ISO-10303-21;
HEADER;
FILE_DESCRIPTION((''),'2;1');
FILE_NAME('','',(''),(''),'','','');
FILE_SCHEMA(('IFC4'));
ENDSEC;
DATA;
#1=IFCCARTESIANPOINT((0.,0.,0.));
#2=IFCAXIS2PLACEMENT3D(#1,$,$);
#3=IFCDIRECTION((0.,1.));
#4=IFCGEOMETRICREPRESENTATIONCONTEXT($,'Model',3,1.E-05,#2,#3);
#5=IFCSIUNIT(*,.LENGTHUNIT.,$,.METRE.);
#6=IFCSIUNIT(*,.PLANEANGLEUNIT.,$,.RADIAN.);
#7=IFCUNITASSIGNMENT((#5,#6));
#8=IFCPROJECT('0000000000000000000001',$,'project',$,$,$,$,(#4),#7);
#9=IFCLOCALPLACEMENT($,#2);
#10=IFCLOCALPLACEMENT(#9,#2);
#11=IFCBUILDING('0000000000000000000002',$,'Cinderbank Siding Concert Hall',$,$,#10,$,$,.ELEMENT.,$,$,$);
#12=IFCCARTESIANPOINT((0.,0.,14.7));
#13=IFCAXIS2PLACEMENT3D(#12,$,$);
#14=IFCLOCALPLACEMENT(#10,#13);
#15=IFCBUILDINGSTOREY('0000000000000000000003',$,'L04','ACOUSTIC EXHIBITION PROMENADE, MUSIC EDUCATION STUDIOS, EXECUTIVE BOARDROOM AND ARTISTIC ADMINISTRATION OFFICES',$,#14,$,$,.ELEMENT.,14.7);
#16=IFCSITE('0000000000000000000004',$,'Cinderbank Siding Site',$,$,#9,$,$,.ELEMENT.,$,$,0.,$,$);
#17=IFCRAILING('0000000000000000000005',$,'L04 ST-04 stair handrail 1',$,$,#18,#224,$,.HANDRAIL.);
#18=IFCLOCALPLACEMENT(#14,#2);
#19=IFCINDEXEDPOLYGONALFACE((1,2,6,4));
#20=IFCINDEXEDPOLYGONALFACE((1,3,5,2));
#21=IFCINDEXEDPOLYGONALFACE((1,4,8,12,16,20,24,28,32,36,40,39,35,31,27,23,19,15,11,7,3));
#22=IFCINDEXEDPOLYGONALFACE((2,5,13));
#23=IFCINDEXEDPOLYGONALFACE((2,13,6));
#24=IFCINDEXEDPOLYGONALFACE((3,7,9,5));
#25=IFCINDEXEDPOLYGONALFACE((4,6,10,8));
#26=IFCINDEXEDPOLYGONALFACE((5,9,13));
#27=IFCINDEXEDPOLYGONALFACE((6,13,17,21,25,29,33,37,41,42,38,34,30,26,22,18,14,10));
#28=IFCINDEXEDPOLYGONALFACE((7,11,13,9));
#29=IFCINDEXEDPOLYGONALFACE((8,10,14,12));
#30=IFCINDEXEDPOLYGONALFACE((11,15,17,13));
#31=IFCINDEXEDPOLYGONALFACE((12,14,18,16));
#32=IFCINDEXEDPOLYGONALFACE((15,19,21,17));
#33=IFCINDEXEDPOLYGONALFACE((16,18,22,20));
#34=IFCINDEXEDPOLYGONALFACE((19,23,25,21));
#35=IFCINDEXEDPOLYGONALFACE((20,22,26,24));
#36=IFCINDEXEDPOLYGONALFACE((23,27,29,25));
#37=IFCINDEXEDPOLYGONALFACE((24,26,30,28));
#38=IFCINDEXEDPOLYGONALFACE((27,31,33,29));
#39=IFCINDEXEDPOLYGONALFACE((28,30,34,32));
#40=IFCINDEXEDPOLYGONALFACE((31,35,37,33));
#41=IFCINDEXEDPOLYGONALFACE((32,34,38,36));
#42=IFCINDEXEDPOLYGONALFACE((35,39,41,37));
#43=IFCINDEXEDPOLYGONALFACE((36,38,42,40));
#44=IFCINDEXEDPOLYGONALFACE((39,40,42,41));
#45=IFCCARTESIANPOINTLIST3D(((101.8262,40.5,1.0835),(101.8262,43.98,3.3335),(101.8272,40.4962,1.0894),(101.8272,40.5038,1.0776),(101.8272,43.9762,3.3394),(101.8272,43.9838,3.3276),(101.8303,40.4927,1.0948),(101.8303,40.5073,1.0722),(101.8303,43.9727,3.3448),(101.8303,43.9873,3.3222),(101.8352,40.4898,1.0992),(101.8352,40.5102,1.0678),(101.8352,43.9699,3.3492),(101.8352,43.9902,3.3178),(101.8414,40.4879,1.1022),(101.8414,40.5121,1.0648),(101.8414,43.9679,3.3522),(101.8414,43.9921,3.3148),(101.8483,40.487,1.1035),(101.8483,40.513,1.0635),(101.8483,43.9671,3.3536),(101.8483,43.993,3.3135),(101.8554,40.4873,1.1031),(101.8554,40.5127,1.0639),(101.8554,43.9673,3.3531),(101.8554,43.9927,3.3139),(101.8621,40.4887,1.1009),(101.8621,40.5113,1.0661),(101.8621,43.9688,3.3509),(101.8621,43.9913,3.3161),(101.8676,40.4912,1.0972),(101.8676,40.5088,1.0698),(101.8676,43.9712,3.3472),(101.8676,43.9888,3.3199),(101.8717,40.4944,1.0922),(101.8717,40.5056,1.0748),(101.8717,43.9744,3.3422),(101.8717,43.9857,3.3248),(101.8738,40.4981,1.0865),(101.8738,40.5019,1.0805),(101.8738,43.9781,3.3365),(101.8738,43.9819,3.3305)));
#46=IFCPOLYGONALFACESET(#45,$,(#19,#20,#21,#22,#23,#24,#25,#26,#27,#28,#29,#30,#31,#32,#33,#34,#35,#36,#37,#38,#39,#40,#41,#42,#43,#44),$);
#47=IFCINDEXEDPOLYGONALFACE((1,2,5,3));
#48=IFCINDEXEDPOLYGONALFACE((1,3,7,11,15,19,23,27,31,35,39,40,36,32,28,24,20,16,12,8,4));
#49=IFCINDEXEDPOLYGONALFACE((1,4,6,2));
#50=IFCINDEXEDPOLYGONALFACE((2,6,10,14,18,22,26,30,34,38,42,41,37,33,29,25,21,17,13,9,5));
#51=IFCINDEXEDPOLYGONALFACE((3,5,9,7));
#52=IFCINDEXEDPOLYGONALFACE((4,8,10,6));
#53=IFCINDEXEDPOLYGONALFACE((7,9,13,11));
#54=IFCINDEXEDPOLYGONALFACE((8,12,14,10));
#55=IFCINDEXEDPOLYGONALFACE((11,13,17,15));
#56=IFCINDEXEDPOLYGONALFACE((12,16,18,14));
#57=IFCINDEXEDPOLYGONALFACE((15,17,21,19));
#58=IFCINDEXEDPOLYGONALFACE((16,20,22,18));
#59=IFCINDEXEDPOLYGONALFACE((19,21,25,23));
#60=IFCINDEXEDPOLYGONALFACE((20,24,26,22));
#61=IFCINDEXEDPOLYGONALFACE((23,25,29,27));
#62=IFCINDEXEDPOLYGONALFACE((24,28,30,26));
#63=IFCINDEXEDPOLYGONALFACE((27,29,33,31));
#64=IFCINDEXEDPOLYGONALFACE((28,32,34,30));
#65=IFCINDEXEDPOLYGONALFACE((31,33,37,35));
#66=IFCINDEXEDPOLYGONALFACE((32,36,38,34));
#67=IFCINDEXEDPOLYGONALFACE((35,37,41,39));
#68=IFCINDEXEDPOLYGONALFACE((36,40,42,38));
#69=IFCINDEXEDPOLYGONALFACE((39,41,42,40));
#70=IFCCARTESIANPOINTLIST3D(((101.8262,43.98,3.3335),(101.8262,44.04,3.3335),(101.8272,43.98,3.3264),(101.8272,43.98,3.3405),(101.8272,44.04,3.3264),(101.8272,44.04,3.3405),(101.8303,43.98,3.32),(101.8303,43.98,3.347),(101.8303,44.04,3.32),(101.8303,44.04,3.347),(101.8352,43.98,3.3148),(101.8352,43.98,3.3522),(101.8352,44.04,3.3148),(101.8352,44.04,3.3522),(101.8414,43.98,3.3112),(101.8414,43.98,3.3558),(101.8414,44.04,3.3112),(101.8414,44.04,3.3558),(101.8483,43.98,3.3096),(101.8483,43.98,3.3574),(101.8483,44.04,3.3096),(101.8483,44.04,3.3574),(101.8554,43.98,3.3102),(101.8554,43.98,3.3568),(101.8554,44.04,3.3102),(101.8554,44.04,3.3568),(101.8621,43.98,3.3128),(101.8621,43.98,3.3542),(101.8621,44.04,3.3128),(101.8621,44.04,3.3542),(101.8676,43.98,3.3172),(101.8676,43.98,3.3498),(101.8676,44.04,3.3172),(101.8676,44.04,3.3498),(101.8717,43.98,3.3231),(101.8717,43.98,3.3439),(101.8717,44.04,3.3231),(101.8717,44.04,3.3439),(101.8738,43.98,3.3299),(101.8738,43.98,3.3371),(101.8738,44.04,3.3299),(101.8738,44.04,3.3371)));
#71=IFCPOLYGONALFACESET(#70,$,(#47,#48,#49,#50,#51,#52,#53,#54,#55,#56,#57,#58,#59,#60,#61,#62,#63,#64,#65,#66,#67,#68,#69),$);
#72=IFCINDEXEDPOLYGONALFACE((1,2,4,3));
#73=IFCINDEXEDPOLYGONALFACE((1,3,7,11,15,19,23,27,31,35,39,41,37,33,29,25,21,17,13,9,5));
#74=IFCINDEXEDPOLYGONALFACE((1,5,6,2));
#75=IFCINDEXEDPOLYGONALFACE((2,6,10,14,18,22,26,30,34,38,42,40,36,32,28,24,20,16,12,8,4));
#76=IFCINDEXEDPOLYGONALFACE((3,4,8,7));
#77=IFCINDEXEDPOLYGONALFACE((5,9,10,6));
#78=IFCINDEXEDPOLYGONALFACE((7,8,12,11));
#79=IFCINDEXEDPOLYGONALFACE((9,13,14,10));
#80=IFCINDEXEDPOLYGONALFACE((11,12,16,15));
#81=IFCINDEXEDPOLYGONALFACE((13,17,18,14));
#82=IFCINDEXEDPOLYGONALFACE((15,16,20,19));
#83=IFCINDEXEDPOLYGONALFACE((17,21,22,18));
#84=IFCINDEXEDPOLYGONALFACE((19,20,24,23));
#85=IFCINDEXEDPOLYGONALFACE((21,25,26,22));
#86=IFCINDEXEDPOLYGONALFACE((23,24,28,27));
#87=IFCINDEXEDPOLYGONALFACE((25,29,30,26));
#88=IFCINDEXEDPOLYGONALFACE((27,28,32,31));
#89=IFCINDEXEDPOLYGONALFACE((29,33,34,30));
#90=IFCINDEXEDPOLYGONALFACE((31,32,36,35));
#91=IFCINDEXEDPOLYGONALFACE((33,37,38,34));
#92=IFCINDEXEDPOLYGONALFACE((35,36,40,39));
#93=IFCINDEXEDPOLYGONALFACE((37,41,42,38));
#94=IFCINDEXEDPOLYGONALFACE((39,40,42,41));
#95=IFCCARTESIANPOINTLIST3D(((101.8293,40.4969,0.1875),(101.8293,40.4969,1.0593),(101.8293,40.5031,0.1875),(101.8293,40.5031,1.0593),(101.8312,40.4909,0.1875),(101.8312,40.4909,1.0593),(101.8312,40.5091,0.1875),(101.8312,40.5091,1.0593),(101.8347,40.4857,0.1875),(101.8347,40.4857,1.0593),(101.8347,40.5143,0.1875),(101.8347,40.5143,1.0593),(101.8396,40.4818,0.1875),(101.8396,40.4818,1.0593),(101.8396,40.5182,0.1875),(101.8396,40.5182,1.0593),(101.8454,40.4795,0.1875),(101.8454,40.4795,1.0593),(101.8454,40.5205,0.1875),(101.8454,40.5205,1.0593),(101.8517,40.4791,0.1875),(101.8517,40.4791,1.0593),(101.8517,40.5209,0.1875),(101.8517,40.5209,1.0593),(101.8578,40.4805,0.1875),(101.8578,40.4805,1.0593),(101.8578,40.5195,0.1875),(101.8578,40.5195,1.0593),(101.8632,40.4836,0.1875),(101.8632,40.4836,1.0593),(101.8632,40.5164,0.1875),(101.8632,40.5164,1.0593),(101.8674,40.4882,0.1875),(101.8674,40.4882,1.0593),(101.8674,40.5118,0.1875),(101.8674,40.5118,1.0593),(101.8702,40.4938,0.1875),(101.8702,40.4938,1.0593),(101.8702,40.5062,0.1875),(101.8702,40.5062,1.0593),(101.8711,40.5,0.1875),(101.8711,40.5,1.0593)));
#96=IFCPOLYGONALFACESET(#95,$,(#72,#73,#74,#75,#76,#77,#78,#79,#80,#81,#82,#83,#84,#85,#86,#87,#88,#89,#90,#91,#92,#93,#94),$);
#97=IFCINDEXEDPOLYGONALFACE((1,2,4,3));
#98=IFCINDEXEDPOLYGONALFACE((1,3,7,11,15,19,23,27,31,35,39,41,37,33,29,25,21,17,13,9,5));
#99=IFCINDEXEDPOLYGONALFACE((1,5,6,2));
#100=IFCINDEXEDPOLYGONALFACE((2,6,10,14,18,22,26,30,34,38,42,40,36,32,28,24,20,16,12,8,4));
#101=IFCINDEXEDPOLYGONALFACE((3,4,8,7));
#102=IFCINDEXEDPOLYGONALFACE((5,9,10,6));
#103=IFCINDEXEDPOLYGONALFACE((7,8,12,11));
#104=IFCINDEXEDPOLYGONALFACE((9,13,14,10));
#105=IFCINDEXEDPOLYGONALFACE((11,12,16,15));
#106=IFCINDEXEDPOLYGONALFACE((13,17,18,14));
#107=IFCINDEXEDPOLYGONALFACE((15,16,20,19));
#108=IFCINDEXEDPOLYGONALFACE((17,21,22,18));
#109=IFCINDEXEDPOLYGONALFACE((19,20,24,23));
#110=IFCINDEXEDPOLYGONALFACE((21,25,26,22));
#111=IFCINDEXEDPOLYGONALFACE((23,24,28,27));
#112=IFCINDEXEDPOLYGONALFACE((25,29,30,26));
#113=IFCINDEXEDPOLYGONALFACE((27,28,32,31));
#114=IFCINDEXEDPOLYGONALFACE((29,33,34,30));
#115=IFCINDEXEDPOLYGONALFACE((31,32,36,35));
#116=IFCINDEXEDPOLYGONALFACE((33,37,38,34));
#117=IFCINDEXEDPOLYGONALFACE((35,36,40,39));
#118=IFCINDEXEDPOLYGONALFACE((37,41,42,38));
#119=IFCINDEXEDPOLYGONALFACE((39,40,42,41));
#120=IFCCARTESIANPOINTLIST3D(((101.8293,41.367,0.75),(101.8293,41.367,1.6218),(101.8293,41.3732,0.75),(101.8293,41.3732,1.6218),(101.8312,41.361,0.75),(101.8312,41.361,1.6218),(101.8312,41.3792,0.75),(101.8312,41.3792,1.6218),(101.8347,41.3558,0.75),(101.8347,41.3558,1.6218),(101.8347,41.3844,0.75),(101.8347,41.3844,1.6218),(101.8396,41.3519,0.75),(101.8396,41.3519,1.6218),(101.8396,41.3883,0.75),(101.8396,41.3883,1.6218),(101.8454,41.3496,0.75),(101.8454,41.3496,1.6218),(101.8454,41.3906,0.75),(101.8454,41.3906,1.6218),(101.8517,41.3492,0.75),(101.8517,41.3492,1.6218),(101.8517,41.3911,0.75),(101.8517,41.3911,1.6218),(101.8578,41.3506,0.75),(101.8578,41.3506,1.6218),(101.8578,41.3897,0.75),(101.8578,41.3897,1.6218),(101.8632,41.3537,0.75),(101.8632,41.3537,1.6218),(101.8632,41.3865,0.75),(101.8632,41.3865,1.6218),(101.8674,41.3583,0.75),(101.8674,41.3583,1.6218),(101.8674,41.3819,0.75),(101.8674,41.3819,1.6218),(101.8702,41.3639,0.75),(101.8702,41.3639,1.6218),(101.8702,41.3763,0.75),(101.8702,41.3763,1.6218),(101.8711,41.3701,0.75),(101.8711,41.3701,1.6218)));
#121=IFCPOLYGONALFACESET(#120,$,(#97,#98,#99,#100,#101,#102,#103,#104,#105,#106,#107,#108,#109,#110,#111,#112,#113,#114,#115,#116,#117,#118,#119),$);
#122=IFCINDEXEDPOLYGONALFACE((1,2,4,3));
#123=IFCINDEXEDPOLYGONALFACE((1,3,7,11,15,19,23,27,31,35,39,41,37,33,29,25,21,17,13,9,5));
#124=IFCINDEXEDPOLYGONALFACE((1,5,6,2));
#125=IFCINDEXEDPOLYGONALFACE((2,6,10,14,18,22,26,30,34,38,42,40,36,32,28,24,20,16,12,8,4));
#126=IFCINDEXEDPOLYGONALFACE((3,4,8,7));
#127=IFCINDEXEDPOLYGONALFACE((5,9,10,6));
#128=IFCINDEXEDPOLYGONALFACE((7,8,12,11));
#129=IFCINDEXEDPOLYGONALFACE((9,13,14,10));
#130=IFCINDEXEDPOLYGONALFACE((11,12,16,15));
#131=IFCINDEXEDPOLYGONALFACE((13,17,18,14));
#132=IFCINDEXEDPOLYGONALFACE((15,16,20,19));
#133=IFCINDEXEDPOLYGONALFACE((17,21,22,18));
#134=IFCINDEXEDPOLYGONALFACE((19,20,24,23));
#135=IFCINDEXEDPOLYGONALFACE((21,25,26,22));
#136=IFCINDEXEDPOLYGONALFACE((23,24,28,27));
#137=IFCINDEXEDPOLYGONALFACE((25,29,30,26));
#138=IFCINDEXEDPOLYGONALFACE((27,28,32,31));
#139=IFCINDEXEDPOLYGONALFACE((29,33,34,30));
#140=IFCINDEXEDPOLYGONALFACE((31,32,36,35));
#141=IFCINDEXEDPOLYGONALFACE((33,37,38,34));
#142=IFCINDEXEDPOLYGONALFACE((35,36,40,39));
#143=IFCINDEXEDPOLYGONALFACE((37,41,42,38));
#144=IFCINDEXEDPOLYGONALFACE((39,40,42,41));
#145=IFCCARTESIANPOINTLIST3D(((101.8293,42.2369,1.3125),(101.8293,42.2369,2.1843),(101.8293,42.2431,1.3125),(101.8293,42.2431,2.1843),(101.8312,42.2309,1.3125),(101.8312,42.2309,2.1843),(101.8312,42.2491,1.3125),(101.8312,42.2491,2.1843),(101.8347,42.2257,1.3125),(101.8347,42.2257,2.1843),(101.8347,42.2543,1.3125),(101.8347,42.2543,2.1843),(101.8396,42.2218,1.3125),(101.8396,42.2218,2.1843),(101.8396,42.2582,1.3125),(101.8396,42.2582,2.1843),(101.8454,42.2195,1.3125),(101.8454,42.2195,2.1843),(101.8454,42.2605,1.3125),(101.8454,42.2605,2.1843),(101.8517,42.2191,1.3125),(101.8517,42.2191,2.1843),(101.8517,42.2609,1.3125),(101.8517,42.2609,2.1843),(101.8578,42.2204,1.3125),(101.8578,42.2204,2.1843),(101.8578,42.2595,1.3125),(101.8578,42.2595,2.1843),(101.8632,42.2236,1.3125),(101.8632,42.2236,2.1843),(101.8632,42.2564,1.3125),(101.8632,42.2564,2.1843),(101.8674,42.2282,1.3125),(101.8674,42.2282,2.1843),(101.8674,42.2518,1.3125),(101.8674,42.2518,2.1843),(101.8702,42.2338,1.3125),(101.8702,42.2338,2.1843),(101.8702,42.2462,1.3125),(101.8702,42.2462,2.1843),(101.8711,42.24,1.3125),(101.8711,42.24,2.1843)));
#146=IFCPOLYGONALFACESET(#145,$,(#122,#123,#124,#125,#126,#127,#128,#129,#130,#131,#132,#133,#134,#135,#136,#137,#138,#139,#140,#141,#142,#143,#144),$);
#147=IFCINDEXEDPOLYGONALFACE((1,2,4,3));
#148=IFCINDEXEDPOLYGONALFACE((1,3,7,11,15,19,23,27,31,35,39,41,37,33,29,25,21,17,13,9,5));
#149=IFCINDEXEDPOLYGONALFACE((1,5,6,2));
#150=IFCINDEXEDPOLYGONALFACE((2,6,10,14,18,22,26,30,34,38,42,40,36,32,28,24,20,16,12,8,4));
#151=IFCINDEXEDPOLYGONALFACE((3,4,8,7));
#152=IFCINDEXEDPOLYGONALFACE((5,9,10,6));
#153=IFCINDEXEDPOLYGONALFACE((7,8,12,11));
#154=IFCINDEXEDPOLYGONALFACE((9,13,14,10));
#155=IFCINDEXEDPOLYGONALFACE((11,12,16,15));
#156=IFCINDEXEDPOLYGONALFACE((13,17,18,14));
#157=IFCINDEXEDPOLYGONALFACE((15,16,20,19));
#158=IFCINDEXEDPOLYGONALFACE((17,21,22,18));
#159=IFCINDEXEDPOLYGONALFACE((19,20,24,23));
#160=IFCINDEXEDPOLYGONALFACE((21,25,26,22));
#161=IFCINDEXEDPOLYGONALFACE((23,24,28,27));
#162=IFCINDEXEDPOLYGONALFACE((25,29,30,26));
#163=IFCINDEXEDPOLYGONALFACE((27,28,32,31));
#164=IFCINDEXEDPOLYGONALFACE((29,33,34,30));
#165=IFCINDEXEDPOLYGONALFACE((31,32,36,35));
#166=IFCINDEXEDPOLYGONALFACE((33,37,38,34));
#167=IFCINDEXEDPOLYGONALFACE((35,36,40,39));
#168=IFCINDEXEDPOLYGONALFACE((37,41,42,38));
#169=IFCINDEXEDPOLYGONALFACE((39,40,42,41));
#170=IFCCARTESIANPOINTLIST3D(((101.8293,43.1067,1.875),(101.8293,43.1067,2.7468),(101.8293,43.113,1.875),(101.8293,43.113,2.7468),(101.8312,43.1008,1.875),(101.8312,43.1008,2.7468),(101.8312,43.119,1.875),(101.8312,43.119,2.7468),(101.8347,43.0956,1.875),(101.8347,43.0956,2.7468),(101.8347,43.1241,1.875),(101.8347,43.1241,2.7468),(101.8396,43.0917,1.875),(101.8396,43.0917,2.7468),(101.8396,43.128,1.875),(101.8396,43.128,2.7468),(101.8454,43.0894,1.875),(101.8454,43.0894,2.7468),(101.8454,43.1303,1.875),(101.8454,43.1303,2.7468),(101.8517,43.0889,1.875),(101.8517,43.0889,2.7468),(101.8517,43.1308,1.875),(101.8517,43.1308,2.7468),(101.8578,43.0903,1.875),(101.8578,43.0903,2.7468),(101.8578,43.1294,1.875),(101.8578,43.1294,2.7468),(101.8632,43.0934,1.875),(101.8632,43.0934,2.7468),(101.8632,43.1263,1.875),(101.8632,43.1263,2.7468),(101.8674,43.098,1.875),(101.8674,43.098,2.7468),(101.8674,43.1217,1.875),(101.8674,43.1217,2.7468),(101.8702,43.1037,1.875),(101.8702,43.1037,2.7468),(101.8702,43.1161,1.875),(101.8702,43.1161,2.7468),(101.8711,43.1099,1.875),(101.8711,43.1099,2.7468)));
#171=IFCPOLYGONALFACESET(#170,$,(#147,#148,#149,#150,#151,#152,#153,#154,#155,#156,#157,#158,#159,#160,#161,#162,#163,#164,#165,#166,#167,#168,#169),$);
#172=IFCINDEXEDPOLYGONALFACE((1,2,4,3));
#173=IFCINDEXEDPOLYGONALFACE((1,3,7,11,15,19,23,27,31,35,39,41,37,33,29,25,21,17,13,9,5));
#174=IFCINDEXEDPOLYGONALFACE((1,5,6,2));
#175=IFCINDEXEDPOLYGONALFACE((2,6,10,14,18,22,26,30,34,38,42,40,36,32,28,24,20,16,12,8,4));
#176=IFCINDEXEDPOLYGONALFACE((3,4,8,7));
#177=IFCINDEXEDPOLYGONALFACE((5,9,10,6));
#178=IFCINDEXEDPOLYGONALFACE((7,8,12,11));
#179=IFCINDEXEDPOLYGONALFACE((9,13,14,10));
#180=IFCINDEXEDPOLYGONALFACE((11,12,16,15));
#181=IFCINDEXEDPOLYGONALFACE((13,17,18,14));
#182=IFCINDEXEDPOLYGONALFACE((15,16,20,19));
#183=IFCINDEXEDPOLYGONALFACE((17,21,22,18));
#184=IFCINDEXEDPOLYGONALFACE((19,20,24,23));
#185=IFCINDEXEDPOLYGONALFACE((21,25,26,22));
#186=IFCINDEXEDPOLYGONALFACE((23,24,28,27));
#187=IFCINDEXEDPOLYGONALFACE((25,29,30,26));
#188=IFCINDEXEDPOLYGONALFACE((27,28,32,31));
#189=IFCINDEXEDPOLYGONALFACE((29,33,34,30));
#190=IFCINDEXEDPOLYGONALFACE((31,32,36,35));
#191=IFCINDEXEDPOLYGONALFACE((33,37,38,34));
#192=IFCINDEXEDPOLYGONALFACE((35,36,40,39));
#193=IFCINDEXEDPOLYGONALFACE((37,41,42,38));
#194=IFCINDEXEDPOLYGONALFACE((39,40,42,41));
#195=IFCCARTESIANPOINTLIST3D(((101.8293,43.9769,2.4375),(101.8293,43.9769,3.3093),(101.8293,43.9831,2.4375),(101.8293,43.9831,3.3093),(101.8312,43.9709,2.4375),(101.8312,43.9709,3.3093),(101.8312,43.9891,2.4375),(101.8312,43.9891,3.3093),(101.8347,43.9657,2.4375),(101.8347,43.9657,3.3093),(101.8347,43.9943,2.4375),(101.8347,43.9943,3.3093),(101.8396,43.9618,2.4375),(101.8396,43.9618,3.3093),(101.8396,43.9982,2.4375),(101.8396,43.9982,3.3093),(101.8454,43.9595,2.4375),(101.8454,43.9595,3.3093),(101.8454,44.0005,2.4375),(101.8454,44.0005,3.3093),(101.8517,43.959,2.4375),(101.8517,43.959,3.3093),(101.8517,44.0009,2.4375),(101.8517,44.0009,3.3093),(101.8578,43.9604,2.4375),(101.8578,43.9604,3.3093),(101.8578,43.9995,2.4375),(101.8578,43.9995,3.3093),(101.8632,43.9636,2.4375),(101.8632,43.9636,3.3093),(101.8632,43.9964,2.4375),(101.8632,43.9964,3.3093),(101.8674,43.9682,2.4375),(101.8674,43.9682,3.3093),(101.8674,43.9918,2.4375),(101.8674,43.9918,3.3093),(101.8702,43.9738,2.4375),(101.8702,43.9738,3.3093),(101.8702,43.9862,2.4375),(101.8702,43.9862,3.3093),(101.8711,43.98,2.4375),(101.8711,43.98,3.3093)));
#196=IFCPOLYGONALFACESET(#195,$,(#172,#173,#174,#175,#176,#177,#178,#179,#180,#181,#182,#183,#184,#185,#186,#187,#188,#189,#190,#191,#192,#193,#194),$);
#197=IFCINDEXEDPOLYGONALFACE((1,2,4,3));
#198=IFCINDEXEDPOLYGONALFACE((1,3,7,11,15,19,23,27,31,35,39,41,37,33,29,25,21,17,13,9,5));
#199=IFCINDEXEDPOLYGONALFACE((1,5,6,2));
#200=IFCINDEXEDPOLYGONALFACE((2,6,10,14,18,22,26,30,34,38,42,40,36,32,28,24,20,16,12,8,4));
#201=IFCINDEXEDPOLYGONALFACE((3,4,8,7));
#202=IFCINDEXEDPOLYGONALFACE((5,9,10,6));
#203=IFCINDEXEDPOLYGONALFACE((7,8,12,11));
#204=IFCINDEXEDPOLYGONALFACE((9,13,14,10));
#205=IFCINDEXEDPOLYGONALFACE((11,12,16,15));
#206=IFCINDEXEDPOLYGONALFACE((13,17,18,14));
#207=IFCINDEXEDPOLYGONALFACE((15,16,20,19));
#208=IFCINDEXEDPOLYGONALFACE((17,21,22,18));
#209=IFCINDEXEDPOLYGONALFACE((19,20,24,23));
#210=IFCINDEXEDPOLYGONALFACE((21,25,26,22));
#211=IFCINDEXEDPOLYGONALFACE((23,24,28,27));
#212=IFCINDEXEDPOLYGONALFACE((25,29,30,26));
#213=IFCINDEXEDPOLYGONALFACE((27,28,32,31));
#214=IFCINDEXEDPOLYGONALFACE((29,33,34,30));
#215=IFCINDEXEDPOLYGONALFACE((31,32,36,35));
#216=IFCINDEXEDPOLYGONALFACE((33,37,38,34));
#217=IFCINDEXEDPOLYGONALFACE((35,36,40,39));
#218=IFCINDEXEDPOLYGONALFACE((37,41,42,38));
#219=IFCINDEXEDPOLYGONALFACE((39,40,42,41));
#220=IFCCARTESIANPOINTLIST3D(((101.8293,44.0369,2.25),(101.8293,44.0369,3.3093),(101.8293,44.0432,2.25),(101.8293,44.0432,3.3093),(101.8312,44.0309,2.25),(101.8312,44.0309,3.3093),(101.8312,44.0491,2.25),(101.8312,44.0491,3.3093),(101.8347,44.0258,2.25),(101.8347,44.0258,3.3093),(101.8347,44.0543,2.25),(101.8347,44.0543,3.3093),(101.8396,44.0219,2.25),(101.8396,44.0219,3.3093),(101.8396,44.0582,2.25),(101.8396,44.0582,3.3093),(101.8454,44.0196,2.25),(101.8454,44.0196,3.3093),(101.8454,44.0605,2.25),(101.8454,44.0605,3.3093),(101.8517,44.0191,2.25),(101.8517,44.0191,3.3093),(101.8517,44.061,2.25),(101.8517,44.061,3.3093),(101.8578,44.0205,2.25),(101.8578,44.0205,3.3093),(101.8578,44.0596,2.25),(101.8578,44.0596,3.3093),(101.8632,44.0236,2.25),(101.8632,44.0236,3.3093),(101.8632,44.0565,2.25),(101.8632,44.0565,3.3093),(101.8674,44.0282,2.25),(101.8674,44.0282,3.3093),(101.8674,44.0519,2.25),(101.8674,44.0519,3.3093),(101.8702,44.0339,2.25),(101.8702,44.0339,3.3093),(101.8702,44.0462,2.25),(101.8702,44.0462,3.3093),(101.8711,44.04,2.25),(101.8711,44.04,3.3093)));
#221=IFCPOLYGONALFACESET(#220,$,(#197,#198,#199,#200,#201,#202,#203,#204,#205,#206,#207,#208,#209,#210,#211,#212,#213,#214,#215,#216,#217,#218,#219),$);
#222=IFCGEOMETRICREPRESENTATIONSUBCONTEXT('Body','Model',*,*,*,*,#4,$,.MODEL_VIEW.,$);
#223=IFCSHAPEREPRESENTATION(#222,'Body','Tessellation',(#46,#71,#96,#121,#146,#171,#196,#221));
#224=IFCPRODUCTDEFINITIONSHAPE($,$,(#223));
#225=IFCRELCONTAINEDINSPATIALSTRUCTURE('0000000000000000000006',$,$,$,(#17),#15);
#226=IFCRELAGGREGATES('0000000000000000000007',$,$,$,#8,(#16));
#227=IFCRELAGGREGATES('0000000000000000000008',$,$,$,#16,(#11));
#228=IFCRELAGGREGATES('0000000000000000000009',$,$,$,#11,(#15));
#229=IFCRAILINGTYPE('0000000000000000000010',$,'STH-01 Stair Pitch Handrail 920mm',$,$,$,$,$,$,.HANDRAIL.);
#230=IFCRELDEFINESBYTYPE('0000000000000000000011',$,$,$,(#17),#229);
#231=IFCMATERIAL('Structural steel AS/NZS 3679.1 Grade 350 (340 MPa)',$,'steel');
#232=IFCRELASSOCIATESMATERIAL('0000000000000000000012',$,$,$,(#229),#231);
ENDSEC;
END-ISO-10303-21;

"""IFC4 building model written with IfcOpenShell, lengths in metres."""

from ifc_helpers import new_model, si_unit, direction, frame, origin, origin_2d, place, context, subcontext, project, spatial, circle, extrude, material, type_object, element, save


model = new_model("IFC4")

# Units and contexts
model_context = context("Model", 3, precision=1e-05, world=origin(), true_north=direction((0.0, 1.0)))
body_context = subcontext(model_context, "Body", "Model", "MODEL_VIEW")
ifc_project = project(units=[si_unit("LENGTHUNIT", "METRE"), si_unit("PLANEANGLEUNIT", "RADIAN")], contexts=[model_context])

# Site, building, storey
site_placement = place(None, origin())
site = spatial("IfcSite", under=ifc_project, at=site_placement, Name="Cinderbank Siding Site", CompositionType="ELEMENT", RefElevation=0.0)
building_placement = place(site_placement, origin())
building = spatial("IfcBuilding", under=site, at=building_placement, Name="Cinderbank Siding Concert Hall", CompositionType="ELEMENT")
storey_placement = place(building_placement, frame((0.0, 0.0, 14.7)))
storey = spatial("IfcBuildingStorey", under=building, at=storey_placement, Name="L04", Description="ACOUSTIC EXHIBITION PROMENADE, MUSIC EDUCATION STUDIOS, EXECUTIVE BOARDROOM AND ARTISTIC ADMINISTRATION OFFICES", CompositionType="ELEMENT", Elevation=14.7)

# Shared definitions
ifc_material_1 = material(Name="Structural steel AS/NZS 3679.1 Grade 350 (340 MPa)", Category="steel")

# Railing
railing_type_1 = type_object("IfcRailingType", Name="STH-01 Stair Pitch Handrail 920mm", PredefinedType="HANDRAIL", material=ifc_material_1)
railing_1_placement = place(storey_placement, frame((101.8501, 40.5, 0.1875)))
element("IfcRailing", 1, at=railing_1_placement, inside=storey, type_object=railing_type_1, Name="L04 ST-04 stair handrail 1", PredefinedType="HANDRAIL", context=body_context, shape_type="SweptSolid", body=[
    extrude(circle(Radius=0.0239, at=origin_2d()), frame((0.0, 0.0, 0.896), z_axis=(0.0, 0.839763, 0.542953), x_axis=(-1.0, 0.0, 0.0)), (0.0, 0.0, 1.0), 4.144),
    extrude(circle(Radius=0.0239, at=origin_2d()), frame((0.0, 3.48, 3.146), z_axis=(0.0, 1.0, 0.0), x_axis=(-1.0, 0.0, 0.0)), (0.0, 0.0, 1.0), 0.0601),
    extrude(circle(Radius=0.021, at=origin_2d()), origin(), (0.0, 0.0, 1.0), 0.8718),
    extrude(circle(Radius=0.021, at=origin_2d()), frame((0.0, 0.8701, 0.5625)), (0.0, 0.0, 1.0), 0.8718),
    extrude(circle(Radius=0.021, at=origin_2d()), frame((0.0, 1.74, 1.125)), (0.0, 0.0, 1.0), 0.8718),
    extrude(circle(Radius=0.021, at=origin_2d()), frame((0.0, 2.6099, 1.6875)), (0.0, 0.0, 1.0), 0.8718),
    extrude(circle(Radius=0.021, at=origin_2d()), frame((0.0, 3.48, 2.25)), (0.0, 0.0, 1.0), 0.8718),
    extrude(circle(Radius=0.021, at=origin_2d()), frame((0.0, 3.54, 2.0625)), (0.0, 0.0, 1.0), 1.0593),
])

save(model, "model.ifc")
